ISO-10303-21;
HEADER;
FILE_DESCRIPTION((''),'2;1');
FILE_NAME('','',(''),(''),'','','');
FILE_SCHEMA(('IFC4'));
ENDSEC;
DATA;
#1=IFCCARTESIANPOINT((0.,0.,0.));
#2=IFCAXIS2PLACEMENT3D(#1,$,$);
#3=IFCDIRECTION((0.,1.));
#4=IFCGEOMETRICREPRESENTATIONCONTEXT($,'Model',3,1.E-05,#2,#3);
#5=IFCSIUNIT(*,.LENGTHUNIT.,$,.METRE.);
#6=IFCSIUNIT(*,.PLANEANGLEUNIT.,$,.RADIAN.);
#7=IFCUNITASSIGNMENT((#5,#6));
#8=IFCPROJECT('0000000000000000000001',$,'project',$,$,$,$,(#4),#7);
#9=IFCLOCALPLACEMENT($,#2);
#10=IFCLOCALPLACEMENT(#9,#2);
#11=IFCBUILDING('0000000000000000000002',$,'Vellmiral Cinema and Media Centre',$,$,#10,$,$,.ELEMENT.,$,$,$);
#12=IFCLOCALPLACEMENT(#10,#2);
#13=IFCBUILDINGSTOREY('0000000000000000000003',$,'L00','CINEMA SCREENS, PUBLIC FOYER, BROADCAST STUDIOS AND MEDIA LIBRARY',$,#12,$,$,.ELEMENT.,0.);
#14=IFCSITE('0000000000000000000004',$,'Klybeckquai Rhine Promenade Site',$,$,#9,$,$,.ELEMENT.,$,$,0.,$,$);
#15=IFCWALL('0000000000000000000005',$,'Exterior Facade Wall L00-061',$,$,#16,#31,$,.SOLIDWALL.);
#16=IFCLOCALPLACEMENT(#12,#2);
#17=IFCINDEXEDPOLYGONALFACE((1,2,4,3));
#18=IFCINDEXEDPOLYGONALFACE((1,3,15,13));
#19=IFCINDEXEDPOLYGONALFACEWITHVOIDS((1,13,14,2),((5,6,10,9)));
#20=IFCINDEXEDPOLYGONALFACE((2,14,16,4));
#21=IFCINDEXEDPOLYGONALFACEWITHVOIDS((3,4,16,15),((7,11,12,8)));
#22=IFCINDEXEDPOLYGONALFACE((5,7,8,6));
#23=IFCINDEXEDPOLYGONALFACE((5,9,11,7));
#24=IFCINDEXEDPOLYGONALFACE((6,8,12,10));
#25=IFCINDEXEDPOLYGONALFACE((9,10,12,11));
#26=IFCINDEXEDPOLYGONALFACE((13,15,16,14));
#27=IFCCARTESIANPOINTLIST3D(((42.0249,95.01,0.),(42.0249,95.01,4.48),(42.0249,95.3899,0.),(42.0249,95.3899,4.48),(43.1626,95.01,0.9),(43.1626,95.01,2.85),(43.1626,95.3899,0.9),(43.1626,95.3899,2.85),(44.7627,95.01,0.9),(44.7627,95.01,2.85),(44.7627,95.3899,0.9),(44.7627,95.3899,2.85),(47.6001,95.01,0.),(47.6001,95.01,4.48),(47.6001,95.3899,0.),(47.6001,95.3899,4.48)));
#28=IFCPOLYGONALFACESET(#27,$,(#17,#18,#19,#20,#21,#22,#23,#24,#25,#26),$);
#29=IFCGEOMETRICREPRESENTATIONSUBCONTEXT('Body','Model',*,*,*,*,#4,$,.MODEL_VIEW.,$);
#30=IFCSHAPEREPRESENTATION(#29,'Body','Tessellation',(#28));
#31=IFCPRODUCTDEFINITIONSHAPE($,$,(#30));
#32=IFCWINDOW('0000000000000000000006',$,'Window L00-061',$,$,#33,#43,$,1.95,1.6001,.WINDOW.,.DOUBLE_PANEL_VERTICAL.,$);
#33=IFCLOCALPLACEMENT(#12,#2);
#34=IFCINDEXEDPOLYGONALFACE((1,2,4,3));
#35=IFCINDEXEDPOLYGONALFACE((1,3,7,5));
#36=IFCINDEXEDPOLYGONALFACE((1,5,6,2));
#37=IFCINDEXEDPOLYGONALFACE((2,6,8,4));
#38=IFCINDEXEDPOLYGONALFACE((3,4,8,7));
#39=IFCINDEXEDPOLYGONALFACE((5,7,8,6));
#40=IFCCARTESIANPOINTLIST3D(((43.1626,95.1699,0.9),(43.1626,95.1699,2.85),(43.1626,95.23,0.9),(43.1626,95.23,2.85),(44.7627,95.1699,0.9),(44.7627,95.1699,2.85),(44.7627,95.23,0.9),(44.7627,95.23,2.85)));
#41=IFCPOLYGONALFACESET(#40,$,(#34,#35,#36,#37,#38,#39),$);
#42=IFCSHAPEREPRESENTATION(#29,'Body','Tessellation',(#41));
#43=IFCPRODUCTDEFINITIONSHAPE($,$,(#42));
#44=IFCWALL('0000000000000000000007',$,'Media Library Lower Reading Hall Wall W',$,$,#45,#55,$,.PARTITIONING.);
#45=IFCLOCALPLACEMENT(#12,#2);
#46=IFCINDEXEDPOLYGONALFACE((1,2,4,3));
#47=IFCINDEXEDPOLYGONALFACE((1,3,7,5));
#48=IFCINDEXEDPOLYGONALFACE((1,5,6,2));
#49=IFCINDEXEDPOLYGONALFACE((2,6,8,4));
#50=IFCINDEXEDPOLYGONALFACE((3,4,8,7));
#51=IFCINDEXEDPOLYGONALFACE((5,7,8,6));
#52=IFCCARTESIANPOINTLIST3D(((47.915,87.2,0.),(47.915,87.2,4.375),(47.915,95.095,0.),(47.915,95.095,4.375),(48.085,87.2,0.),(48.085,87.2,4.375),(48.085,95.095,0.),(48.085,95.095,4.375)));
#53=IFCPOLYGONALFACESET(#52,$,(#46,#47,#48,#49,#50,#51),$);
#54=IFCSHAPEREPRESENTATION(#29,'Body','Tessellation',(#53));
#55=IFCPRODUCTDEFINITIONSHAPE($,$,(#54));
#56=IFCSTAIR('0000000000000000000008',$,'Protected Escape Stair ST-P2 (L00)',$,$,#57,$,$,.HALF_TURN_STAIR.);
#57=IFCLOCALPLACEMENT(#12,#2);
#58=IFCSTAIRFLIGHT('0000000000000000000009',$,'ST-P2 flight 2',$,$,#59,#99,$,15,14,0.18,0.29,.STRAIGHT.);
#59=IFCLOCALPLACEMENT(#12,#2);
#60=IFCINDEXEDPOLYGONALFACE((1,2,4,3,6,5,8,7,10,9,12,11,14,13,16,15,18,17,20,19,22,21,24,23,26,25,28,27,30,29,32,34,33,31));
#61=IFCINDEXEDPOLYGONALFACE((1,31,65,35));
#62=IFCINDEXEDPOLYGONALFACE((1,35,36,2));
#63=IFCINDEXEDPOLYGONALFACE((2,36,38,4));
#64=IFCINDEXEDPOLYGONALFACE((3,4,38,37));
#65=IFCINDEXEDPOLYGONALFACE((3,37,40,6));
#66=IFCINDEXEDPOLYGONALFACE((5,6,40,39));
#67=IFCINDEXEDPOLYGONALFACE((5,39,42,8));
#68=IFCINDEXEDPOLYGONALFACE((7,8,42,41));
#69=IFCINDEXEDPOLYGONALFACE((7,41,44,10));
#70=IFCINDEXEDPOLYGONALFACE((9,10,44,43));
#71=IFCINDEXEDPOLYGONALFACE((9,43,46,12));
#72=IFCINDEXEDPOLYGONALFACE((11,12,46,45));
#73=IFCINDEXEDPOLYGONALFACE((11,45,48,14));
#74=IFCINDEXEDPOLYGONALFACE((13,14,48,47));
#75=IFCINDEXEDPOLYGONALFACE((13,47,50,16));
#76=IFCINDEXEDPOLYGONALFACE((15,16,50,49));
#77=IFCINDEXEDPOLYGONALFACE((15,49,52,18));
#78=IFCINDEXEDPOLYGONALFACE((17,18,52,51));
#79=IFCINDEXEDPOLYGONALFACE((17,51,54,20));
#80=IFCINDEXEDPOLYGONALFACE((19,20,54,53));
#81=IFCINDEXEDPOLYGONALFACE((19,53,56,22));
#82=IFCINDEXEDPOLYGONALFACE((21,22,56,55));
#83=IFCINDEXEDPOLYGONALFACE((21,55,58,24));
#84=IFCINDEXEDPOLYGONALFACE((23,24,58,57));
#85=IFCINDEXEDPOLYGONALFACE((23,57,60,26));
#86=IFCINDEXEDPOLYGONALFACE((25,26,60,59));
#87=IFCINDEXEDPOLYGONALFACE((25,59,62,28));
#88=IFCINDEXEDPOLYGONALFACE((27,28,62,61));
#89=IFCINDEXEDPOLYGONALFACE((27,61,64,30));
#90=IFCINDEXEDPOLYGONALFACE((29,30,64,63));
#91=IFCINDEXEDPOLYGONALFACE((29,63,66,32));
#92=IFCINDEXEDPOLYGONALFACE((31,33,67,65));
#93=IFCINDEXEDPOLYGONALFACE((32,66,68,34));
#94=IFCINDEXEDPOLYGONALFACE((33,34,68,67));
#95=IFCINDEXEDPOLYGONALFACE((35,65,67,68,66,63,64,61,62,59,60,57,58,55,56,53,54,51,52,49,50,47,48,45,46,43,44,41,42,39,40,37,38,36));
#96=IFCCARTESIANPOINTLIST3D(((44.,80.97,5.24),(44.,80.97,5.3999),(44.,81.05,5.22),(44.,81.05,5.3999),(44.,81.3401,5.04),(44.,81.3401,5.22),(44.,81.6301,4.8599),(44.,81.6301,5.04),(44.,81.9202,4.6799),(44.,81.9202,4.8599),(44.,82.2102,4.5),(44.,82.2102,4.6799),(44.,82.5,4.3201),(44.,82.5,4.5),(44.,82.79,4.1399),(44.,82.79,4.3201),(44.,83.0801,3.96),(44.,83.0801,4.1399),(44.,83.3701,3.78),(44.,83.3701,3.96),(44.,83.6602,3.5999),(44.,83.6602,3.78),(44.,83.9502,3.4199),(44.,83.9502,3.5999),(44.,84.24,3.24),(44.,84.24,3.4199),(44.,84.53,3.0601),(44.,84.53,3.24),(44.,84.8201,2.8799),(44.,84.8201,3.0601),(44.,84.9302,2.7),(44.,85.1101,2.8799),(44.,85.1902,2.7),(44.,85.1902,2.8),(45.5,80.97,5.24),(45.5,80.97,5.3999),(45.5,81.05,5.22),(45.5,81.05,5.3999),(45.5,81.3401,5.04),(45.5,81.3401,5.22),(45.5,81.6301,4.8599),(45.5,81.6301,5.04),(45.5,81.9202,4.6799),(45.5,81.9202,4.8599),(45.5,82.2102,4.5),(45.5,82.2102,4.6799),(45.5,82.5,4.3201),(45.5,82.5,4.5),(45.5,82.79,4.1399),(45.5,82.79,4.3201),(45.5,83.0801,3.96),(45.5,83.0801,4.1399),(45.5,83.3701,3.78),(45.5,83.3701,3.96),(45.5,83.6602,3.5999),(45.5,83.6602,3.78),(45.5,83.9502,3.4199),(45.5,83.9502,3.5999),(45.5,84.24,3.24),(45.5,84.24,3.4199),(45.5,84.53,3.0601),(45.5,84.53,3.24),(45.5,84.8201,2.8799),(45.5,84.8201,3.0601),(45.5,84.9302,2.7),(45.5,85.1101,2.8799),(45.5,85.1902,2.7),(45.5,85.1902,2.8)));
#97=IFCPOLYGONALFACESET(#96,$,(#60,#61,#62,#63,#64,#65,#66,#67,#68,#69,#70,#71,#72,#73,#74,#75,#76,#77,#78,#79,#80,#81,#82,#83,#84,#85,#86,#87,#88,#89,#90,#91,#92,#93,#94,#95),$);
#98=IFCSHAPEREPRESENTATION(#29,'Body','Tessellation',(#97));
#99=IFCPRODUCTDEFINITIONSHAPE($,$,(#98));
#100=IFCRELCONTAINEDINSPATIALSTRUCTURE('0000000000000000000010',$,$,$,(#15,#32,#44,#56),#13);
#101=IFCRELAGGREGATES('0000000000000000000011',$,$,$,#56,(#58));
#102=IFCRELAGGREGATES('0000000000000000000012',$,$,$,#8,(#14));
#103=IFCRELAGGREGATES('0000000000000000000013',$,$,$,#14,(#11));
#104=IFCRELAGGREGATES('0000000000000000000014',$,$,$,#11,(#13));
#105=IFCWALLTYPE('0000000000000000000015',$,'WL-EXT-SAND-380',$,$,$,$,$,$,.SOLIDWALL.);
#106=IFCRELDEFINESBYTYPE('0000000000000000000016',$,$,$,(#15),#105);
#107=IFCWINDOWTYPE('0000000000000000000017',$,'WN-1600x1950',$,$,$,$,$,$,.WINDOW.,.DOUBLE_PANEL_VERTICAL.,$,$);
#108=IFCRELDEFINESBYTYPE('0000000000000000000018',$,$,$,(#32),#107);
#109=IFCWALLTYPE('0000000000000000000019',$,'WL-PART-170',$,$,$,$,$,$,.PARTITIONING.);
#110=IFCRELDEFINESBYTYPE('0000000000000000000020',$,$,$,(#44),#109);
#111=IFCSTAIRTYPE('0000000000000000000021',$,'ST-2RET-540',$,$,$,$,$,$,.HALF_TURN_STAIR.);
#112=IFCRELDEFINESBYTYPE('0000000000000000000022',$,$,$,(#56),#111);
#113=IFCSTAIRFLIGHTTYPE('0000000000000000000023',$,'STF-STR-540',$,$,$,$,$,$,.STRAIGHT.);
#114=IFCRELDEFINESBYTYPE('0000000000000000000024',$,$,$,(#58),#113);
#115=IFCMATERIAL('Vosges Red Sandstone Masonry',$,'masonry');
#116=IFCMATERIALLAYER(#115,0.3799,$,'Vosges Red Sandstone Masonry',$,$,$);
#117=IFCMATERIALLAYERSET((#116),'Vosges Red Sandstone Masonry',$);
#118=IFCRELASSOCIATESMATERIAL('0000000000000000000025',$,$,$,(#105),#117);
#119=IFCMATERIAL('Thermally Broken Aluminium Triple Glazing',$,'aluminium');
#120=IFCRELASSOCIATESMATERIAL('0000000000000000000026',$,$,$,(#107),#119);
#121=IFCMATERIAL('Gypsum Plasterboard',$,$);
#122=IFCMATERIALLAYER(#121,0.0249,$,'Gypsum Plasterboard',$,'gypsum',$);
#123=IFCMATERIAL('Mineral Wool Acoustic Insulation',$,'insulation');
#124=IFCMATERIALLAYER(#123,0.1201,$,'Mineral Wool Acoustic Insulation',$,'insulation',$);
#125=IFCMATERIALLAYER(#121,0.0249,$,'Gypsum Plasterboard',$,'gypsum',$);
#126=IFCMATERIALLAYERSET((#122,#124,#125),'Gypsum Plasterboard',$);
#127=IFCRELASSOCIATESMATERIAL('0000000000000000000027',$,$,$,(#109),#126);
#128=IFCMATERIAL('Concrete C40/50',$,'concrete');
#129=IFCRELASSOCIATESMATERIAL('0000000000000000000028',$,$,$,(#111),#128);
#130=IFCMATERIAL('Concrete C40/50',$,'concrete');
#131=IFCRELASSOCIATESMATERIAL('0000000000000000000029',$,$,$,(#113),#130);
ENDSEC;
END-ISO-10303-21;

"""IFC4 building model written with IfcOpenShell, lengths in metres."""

from ifc_helpers import new_model, si_unit, direction, frame, frame_2d, origin, place, context, subcontext, project, spatial, polyline, rectangle, outline, extrude, material, layer, layer_set, type_object, element, fill, aggregate, save


model = new_model("IFC4")

# Units and contexts
model_context = context("Model", 3, precision=1e-05, world=origin(), true_north=direction((0.0, 1.0)))
body_context = subcontext(model_context, "Body", "Model", "MODEL_VIEW")
ifc_project = project(units=[si_unit("LENGTHUNIT", "METRE"), si_unit("PLANEANGLEUNIT", "RADIAN")], contexts=[model_context])

# Site, building, storey
site_placement = place(None, origin())
site = spatial("IfcSite", under=ifc_project, at=site_placement, Name="Klybeckquai Rhine Promenade Site", CompositionType="ELEMENT", RefElevation=0.0)
building_placement = place(site_placement, origin())
building = spatial("IfcBuilding", under=site, at=building_placement, Name="Vellmiral Cinema and Media Centre", CompositionType="ELEMENT")
storey_placement = place(building_placement, origin())
storey = spatial("IfcBuildingStorey", under=building, at=storey_placement, Name="L00", Description="CINEMA SCREENS, PUBLIC FOYER, BROADCAST STUDIOS AND MEDIA LIBRARY", CompositionType="ELEMENT", Elevation=0.0)

# Wall, opening, window
ifc_material_1 = material(Name="Vosges Red Sandstone Masonry", Category="masonry")
ifc_layer_1 = layer(ifc_material_1, 0.3799, Name="Vosges Red Sandstone Masonry")
ifc_layer_set_1 = layer_set([ifc_layer_1], Name="Vosges Red Sandstone Masonry")
wall_type_1 = type_object("IfcWallType", Name="WL-EXT-SAND-380", PredefinedType="SOLIDWALL", material=ifc_layer_set_1)
wall_1_placement = place(storey_placement, frame((47.6001, 95.2, 0.0), z_axis=(0.0, 0.0, 1.0), x_axis=(-1.0, 0.0, 0.0)))
wall_1 = element("IfcWall", 1, at=wall_1_placement, inside=storey, type_object=wall_type_1, Name="Exterior Facade Wall L00-061", PredefinedType="SOLIDWALL", context=body_context, shape_type="SweptSolid", body=[
    extrude(rectangle(XDim=5.5752, YDim=0.3799, at=frame_2d((2.7876, 0.0))), origin(), (0.0, 0.0, 1.0), 4.48),
])
opening_1_placement = place(wall_1_placement, frame((2.8374, 0.0, 0.8999)))
opening_1 = element("IfcOpeningElement", 2, at=opening_1_placement, cuts=wall_1, PredefinedType="OPENING", context=body_context, shape_type="SweptSolid", body=[
    extrude(rectangle(XDim=1.6001, YDim=1.95, at=frame_2d((0.8, 0.9751))), frame((0.0, 0.2019, 0.0), z_axis=(0.0, -1.0, 0.0), x_axis=(1.0, 0.0, 0.0)), (0.0, 0.0, 1.0), 0.4038),
])
ifc_material_2 = material(Name="Thermally Broken Aluminium Triple Glazing", Category="aluminium")
window_type_1 = type_object("IfcWindowType", Name="WN-1600x1950", PartitioningType="DOUBLE_PANEL_VERTICAL", PredefinedType="WINDOW", material=ifc_material_2)
window_1_placement = place(opening_1_placement, origin())
window_1 = element("IfcWindow", 3, at=window_1_placement, inside=storey, type_object=window_type_1, Name="Window L00-061", OverallHeight=1.95, OverallWidth=1.6001, PartitioningType="DOUBLE_PANEL_VERTICAL", PredefinedType="WINDOW", context=body_context, shape_type="SweptSolid", body=[
    extrude(rectangle(XDim=1.6001, YDim=1.95, at=frame_2d((0.8, 0.9751))), frame((0.0, 0.03, 0.0), z_axis=(0.0, -1.0, 0.0), x_axis=(1.0, 0.0, 0.0)), (0.0, 0.0, 1.0), 0.0601),
])
fill(opening_1, window_1)

# Wall
ifc_material_3 = material(Name="Gypsum Plasterboard")
ifc_layer_2 = layer(ifc_material_3, 0.0249, Name="Gypsum Plasterboard", Category="gypsum")
ifc_material_4 = material(Name="Mineral Wool Acoustic Insulation", Category="insulation")
ifc_layer_3 = layer(ifc_material_4, 0.1201, Name="Mineral Wool Acoustic Insulation", Category="insulation")
ifc_layer_4 = layer(ifc_material_3, 0.0249, Name="Gypsum Plasterboard", Category="gypsum")
ifc_layer_set_2 = layer_set([ifc_layer_2, ifc_layer_3, ifc_layer_4], Name="Gypsum Plasterboard")
wall_type_2 = type_object("IfcWallType", Name="WL-PART-170", PredefinedType="PARTITIONING", material=ifc_layer_set_2)
wall_2_placement = place(storey_placement, frame((48.0, 87.2, 0.0), z_axis=(0.0, 0.0, 1.0), x_axis=(0.0, 1.0, 0.0)))
element("IfcWall", 4, at=wall_2_placement, inside=storey, type_object=wall_type_2, Name="Media Library Lower Reading Hall Wall W", PredefinedType="PARTITIONING", context=body_context, shape_type="SweptSolid", body=[
    extrude(rectangle(XDim=7.895, YDim=0.1699, at=frame_2d((3.9475, 0.0))), origin(), (0.0, 0.0, 1.0), 4.375),
])

# Stair, stair flight
ifc_material_5 = material(Name="Concrete C40/50", Category="concrete")
stair_type = type_object("IfcStairType", Name="ST-2RET-540", PredefinedType="HALF_TURN_STAIR", material=ifc_material_5)
stair_placement = place(storey_placement, origin())
stair = element("IfcStair", 5, at=stair_placement, inside=storey, type_object=stair_type, Name="Protected Escape Stair ST-P2 (L00)", PredefinedType="HALF_TURN_STAIR")
ifc_material_6 = material(Name="Concrete C40/50", Category="concrete")
stair_flight_type = type_object("IfcStairFlightType", Name="STF-STR-540", PredefinedType="STRAIGHT", material=ifc_material_6)
stair_flight_placement = place(storey_placement, frame((44.75, 85.1101, 2.7), z_axis=(0.0, 0.0, 1.0), x_axis=(0.0, -1.0, 0.0)))
stair_flight = element("IfcStairFlight", 6, at=stair_flight_placement, type_object=stair_flight_type, Name="ST-P2 flight 2", NumberOfRisers=15, NumberOfTreads=14, PredefinedType="STRAIGHT", RiserHeight=0.18, TreadLength=0.29, context=body_context, shape_type="SweptSolid", body=[
    extrude(outline(polyline([(-0.0801, 0.0), (-0.0801, 0.1001), (0.0, 0.1799), (0.29, 0.1799), (0.29, 0.3601), (0.5801, 0.3601), (0.5801, 0.54), (0.8701, 0.54), (0.8701, 0.72), (1.1599, 0.72), (1.1599, 0.8999), (1.45, 0.8999), (1.45, 1.0801), (1.74, 1.0801), (1.74, 1.26), (2.03, 1.26), (2.03, 1.4399), (2.3201, 1.4399), (2.3201, 1.6201), (2.6101, 1.6201), (2.6101, 1.8), (2.8999, 1.8), (2.8999, 1.98), (3.1899, 1.98), (3.1899, 2.1599), (3.48, 2.1599), (3.48, 2.3401), (3.77, 2.3401), (3.77, 2.52), (4.0601, 2.52), (4.0601, 2.7), (4.1401, 2.7), (4.1401, 2.54), (0.1799, 0.0), (-0.0801, 0.0)])), frame((0.0, 0.75, 0.0), z_axis=(0.0, -1.0, 0.0), x_axis=(1.0, 0.0, 0.0)), (0.0, 0.0, 1.0), 1.5),
])
aggregate(stair, [stair_flight])

save(model, "model.ifc")
